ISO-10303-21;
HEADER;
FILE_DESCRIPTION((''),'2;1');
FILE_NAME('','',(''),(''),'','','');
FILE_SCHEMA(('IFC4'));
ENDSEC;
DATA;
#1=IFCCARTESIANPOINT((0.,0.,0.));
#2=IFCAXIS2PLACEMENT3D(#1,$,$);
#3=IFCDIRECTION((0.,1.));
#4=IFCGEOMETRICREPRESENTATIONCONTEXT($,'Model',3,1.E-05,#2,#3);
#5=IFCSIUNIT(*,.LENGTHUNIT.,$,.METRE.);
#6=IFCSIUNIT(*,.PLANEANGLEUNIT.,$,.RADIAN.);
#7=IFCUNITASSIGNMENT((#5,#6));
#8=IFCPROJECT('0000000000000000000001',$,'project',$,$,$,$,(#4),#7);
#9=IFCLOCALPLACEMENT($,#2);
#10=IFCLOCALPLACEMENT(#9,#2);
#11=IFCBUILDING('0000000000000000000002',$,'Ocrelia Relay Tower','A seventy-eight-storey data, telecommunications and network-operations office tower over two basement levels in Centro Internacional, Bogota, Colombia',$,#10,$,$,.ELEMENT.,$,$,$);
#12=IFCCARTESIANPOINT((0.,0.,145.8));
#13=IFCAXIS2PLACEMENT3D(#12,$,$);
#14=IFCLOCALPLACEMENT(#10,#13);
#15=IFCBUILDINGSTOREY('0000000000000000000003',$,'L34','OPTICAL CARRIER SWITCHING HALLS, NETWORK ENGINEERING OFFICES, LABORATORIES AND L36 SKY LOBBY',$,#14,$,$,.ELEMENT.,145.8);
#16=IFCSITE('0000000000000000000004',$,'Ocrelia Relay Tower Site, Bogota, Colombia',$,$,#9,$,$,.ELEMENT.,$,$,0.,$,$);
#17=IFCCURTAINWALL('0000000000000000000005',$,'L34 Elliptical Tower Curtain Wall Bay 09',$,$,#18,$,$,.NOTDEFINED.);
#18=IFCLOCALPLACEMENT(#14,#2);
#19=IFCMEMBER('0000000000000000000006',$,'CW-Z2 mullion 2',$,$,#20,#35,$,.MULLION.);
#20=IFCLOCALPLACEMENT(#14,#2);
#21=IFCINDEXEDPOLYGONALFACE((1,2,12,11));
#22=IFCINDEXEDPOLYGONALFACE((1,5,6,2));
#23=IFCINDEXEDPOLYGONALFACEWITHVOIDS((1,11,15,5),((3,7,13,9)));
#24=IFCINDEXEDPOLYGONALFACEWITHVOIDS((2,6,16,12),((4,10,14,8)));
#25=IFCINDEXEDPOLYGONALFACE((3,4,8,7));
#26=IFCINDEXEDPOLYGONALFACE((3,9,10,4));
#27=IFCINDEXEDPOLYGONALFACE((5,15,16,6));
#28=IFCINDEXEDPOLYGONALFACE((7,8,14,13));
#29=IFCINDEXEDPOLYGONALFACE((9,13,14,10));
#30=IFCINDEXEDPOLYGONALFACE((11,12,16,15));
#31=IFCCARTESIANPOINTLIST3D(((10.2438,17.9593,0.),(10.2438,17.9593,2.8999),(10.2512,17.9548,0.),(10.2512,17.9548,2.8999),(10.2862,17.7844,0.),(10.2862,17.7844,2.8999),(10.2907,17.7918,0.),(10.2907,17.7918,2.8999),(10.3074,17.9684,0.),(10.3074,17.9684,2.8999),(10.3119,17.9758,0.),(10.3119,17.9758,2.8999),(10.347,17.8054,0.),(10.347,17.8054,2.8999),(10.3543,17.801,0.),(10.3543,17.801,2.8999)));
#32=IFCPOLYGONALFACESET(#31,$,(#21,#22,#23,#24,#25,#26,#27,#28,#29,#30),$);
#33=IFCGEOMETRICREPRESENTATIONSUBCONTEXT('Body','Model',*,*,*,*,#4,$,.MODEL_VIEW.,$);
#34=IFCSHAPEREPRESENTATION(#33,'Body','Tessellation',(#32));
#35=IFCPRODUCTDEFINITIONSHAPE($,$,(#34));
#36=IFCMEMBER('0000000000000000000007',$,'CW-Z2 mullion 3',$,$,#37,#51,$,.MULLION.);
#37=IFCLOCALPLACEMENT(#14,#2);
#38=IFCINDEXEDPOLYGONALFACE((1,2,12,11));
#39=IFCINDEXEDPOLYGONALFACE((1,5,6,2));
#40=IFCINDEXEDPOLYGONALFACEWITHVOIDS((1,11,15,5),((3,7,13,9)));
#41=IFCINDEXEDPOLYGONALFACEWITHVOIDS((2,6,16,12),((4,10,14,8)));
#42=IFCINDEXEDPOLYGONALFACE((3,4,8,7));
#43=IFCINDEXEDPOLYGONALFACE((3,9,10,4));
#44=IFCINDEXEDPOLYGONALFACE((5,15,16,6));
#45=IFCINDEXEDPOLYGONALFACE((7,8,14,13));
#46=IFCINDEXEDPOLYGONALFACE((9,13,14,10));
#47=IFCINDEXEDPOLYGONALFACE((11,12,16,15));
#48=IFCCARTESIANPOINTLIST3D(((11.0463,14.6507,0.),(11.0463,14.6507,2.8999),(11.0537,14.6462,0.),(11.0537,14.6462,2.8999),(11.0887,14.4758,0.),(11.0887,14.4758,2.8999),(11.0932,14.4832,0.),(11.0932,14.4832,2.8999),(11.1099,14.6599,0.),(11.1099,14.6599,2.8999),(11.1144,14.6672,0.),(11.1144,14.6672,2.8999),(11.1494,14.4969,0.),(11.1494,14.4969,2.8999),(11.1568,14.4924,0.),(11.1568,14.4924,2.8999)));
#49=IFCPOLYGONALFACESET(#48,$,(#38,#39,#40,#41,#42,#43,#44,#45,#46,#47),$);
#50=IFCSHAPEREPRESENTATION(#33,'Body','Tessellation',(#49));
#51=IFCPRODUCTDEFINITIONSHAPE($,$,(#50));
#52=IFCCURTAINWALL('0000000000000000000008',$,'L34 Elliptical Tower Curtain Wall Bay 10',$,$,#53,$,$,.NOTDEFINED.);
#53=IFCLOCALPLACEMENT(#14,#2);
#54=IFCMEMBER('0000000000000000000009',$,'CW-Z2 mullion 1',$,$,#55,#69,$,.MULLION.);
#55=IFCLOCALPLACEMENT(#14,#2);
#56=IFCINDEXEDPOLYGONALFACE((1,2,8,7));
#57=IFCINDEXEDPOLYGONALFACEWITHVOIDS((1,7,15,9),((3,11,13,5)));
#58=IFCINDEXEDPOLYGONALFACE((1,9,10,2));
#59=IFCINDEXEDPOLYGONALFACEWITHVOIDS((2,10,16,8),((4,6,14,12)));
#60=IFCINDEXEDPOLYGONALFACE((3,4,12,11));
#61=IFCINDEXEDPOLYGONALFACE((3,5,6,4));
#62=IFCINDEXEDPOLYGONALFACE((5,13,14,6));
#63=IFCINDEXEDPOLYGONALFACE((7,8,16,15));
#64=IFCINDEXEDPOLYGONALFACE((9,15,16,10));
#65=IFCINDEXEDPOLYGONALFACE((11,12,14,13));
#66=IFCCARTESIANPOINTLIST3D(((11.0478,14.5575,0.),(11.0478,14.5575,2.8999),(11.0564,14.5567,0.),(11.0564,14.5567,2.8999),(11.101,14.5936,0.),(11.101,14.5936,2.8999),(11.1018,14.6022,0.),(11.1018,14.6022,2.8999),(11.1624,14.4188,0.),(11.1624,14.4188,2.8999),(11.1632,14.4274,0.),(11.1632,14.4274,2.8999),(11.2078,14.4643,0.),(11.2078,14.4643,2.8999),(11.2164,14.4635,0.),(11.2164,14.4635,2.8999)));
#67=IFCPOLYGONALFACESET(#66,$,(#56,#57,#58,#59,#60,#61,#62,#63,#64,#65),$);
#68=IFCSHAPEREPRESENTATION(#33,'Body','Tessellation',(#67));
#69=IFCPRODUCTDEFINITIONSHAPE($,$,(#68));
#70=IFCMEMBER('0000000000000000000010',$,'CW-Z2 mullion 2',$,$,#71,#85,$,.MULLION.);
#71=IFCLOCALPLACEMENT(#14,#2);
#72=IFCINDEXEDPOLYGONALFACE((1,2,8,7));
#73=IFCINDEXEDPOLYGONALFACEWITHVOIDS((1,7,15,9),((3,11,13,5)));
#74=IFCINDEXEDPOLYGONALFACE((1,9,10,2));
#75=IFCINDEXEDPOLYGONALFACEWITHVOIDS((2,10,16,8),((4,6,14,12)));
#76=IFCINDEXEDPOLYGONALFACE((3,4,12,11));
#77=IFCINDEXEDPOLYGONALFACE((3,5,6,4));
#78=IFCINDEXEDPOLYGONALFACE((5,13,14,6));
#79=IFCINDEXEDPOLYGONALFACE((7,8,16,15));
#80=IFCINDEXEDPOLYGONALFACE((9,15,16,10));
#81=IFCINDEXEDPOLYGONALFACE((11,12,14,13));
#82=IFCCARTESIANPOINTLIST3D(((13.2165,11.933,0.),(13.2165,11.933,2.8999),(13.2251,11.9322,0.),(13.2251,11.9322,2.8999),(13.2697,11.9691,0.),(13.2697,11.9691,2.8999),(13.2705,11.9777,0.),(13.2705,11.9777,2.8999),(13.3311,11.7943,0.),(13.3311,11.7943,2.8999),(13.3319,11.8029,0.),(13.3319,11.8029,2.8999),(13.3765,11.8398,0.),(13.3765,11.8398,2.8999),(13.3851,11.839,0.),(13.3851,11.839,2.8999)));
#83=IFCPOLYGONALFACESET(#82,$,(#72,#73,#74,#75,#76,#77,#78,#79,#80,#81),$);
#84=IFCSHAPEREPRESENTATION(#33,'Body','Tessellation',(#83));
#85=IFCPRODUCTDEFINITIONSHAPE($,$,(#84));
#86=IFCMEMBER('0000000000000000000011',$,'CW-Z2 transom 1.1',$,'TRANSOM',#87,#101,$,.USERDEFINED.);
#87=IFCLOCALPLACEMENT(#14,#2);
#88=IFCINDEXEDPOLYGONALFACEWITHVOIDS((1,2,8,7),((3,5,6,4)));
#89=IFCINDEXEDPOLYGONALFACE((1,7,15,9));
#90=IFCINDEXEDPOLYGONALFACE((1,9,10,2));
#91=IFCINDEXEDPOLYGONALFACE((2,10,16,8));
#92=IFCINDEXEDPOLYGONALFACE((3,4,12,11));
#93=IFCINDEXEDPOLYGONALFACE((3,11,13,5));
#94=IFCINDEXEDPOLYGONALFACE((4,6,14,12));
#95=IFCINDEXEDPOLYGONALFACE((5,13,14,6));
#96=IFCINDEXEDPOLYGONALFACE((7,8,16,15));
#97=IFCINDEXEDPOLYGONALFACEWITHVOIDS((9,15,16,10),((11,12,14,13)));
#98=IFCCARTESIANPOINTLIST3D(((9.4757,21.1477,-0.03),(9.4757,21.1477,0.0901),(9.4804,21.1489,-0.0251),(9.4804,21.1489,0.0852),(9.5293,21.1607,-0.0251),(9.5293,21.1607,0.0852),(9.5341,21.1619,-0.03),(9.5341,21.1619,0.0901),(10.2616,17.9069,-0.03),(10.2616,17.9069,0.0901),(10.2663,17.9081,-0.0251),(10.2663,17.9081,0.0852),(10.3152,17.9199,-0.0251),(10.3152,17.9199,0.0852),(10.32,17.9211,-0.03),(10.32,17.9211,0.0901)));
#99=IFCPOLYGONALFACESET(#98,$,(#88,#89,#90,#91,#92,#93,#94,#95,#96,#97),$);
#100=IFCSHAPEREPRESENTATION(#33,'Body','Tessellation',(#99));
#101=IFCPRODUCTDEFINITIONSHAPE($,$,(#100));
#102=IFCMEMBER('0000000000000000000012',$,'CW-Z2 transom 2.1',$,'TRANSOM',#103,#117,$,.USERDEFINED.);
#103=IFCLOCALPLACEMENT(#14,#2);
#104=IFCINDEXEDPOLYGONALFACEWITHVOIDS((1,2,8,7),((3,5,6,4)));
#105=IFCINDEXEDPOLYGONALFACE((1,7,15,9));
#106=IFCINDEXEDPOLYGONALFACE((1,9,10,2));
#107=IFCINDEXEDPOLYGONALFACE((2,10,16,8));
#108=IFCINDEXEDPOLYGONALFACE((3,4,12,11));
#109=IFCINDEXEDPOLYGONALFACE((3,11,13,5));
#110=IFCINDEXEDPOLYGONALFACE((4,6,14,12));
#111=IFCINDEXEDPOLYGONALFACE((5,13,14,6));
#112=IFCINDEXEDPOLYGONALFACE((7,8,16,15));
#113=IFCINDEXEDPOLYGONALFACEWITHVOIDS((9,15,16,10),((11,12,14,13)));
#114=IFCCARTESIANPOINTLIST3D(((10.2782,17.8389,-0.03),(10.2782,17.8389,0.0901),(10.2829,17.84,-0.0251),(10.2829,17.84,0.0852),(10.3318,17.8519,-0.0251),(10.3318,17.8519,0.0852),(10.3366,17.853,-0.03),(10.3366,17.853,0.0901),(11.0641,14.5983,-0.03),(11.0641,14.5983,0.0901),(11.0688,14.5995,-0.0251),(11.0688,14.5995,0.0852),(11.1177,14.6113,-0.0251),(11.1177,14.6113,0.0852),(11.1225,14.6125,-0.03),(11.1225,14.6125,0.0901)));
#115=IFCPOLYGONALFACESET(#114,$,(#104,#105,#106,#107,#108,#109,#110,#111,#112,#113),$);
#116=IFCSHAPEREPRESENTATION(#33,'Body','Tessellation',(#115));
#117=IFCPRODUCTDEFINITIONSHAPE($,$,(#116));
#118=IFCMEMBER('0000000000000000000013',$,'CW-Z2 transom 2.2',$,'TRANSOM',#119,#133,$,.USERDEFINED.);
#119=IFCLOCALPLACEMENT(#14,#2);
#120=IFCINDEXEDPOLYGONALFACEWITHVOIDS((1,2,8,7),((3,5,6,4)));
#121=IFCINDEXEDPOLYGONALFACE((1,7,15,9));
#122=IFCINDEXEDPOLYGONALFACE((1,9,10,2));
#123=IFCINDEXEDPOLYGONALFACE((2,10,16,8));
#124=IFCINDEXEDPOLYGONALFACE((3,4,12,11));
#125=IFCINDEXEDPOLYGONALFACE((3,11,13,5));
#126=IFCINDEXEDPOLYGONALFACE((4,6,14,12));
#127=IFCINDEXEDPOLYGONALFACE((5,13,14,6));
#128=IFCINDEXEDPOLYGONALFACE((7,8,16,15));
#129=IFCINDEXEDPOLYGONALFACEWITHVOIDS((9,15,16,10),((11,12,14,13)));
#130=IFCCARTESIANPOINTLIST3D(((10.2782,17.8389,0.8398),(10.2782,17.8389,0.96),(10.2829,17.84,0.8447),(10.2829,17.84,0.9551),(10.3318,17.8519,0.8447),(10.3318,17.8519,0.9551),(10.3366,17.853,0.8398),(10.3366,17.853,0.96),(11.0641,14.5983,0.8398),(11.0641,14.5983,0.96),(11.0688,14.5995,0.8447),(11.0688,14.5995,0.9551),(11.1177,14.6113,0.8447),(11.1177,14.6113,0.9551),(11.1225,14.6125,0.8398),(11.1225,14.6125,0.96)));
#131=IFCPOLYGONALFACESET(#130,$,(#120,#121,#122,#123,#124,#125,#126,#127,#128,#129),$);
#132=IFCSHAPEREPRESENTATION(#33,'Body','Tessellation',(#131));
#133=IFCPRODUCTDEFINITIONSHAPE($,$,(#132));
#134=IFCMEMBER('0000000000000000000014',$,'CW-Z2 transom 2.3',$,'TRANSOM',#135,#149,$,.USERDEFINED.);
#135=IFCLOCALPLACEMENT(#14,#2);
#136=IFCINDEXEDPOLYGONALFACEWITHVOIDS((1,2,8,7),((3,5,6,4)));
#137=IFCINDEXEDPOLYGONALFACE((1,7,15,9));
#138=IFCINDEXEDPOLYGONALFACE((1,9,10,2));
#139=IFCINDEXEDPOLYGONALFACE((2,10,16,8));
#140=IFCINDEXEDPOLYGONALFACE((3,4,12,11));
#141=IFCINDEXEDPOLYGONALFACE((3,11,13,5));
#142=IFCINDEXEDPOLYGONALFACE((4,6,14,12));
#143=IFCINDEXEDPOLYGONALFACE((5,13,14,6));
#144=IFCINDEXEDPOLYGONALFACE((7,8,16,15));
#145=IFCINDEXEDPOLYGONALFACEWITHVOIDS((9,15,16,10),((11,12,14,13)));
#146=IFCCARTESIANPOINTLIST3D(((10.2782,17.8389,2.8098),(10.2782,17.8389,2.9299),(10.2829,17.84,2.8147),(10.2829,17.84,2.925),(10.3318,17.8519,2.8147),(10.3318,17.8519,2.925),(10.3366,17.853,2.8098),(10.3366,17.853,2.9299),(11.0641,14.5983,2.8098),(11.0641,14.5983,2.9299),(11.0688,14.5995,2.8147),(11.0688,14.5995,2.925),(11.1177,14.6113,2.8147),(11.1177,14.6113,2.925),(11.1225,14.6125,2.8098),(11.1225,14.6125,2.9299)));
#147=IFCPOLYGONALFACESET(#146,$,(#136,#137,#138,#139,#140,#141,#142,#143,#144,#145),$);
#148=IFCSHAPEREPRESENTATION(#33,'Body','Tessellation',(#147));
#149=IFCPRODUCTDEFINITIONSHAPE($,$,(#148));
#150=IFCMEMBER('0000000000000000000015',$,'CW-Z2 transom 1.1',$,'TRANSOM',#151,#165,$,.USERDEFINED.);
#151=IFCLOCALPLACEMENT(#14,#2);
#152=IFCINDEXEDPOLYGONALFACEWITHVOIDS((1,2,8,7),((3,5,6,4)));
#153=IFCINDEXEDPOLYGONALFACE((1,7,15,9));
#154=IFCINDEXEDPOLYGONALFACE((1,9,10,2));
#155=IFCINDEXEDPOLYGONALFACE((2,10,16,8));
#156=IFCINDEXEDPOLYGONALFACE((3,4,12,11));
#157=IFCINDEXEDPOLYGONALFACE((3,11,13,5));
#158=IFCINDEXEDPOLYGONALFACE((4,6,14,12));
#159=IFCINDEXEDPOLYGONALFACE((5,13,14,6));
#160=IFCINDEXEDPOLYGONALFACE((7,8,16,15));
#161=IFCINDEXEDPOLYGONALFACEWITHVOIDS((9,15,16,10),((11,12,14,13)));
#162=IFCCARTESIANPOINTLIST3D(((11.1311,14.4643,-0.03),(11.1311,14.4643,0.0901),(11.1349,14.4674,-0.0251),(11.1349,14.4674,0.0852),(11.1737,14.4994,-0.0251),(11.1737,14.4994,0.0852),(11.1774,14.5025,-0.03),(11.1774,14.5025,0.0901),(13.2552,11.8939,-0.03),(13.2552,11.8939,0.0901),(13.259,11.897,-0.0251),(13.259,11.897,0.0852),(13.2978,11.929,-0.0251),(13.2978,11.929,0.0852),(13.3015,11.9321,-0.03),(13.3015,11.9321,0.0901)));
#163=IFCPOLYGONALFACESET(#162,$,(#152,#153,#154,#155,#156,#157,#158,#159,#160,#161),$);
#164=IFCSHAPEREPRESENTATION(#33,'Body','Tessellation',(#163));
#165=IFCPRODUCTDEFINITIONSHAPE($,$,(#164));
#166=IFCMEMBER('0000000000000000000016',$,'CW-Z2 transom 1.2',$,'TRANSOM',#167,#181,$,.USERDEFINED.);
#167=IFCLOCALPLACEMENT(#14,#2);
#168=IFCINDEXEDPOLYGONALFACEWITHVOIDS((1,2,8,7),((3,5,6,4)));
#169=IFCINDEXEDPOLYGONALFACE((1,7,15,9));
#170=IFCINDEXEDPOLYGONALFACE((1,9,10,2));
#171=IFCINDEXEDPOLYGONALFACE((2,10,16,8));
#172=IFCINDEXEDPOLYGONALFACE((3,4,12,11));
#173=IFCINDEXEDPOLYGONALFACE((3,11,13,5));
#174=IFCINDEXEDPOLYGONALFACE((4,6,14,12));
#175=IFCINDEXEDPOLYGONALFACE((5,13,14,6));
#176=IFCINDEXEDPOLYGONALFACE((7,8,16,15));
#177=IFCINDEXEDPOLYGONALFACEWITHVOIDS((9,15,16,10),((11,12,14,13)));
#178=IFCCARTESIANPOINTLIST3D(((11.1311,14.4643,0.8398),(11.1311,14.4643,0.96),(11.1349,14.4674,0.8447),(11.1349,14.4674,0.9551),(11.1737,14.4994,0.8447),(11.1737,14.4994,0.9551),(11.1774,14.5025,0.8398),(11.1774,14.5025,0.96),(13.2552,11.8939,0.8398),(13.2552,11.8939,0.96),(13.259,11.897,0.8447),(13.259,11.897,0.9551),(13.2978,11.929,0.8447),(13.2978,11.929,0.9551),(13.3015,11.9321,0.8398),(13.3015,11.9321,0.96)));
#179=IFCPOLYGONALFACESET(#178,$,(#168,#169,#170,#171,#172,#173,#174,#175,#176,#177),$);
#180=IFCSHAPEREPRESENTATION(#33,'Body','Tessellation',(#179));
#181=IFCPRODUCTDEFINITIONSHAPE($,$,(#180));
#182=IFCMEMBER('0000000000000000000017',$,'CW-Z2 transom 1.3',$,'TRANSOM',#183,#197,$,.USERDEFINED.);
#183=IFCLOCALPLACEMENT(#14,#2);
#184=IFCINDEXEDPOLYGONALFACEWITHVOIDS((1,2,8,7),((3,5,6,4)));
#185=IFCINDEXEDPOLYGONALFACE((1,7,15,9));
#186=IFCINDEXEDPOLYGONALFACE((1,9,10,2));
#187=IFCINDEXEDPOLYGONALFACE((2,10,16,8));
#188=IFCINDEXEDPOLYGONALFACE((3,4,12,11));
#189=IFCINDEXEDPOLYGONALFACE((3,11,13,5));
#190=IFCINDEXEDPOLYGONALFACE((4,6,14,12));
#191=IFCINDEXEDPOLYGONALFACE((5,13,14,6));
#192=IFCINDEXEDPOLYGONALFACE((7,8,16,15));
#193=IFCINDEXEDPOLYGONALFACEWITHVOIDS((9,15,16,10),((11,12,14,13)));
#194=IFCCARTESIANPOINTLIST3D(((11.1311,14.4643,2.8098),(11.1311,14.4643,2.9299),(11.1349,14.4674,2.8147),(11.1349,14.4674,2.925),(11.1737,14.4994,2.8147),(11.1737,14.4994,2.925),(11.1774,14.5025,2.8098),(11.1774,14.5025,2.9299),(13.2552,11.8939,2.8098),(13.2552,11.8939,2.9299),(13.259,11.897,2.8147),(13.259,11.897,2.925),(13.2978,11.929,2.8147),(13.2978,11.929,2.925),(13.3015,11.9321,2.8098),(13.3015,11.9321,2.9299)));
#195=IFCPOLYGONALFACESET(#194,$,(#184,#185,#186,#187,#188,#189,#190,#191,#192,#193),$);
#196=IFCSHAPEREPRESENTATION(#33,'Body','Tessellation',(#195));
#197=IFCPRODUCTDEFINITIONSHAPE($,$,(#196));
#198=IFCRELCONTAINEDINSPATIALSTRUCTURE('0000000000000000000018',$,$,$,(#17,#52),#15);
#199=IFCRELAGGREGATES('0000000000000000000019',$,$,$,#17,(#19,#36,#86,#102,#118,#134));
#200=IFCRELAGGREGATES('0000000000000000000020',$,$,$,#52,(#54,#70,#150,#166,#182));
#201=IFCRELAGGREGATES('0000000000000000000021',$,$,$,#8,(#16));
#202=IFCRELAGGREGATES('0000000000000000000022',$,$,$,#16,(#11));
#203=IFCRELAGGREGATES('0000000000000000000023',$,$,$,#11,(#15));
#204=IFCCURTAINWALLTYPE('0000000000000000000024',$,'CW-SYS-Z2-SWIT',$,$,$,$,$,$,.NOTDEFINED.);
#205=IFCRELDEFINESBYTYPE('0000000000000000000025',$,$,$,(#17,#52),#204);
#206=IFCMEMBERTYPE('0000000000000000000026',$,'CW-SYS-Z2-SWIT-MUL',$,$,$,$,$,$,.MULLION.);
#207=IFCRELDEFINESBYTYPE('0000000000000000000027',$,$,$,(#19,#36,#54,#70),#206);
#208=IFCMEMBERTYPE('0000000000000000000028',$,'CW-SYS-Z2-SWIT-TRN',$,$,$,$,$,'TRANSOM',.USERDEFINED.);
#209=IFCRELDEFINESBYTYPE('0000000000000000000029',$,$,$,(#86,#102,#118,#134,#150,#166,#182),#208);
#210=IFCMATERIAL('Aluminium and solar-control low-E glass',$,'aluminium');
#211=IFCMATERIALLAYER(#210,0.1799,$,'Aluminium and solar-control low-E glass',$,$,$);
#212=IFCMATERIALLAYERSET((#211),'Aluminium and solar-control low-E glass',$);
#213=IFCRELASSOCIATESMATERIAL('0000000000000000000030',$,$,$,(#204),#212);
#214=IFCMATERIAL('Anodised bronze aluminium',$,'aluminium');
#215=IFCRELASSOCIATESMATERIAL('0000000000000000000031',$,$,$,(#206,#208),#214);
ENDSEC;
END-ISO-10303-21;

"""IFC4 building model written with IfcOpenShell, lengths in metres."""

from ifc_helpers import new_model, si_unit, direction, frame, origin, origin_2d, place, context, subcontext, project, spatial, hollow_rectangle, extrude, material, layer, layer_set, material_profile, profile_set, type_object, element, aggregate, save


model = new_model("IFC4")

# Units and contexts
model_context = context("Model", 3, precision=1e-05, world=origin(), true_north=direction((0.0, 1.0)))
body_context = subcontext(model_context, "Body", "Model", "MODEL_VIEW")
ifc_project = project(units=[si_unit("LENGTHUNIT", "METRE"), si_unit("PLANEANGLEUNIT", "RADIAN")], contexts=[model_context])

# Site, building, storey
site_placement = place(None, origin())
site = spatial("IfcSite", under=ifc_project, at=site_placement, Name="Ocrelia Relay Tower Site, Bogota, Colombia", CompositionType="ELEMENT", RefElevation=0.0)
building_placement = place(site_placement, origin())
building = spatial("IfcBuilding", under=site, at=building_placement, Name="Ocrelia Relay Tower", Description="A seventy-eight-storey data, telecommunications and network-operations office tower over two basement levels in Centro Internacional, Bogota, Colombia", CompositionType="ELEMENT")
storey_placement = place(building_placement, frame((0.0, 0.0, 145.8)))
storey = spatial("IfcBuildingStorey", under=building, at=storey_placement, Name="L34", Description="OPTICAL CARRIER SWITCHING HALLS, NETWORK ENGINEERING OFFICES, LABORATORIES AND L36 SKY LOBBY", CompositionType="ELEMENT", Elevation=145.8)

# Curtain walls, members
ifc_material_1 = material(Name="Aluminium and solar-control low-E glass", Category="aluminium")
ifc_layer_1 = layer(ifc_material_1, 0.1799, Name="Aluminium and solar-control low-E glass")
ifc_layer_set_1 = layer_set([ifc_layer_1], Name="Aluminium and solar-control low-E glass")
curtain_wall_type = type_object("IfcCurtainWallType", Name="CW-SYS-Z2-SWIT", PredefinedType="NOTDEFINED", material=ifc_layer_set_1)
curtain_wall_1_placement = place(storey_placement, origin())
curtain_wall_1 = element("IfcCurtainWall", 1, at=curtain_wall_1_placement, inside=storey, type_object=curtain_wall_type, Name="L34 Elliptical Tower Curtain Wall Bay 09", PredefinedType="NOTDEFINED")
ifc_material_2 = material(Name="Anodised bronze aluminium", Category="aluminium")
ifc_material_profile_1 = material_profile(ifc_material_2, hollow_rectangle(XDim=0.0701, YDim=0.1799, WallThickness=0.0061, at=origin_2d()), Name="CW-MUL-180x70")
ifc_profile_set_1 = profile_set([ifc_material_profile_1], Name="Anodised bronze aluminium")
member_type_1 = type_object("IfcMemberType", Name="CW-SYS-Z2-SWIT-MUL", PredefinedType="MULLION", material=ifc_profile_set_1)
member_1_placement = place(storey_placement, frame((10.2991, 17.8801, 0.0), z_axis=(0.0, 0.0, 1.0), x_axis=(0.971833, 0.235672, 0.0)))
member_1 = element("IfcMember", 2, at=member_1_placement, type_object=member_type_1, Name="CW-Z2 mullion 2", PredefinedType="MULLION", context=body_context, shape_type="SweptSolid", body=[
    extrude(hollow_rectangle(XDim=0.0701, YDim=0.1799, WallThickness=0.0061, at=origin_2d()), origin(), (0.0, 0.0, 1.0), 2.8999),
])
member_2_placement = place(storey_placement, frame((11.1016, 14.5715, 0.0), z_axis=(0.0, 0.0, 1.0), x_axis=(0.971833, 0.235672, 0.0)))
member_2 = element("IfcMember", 3, at=member_2_placement, type_object=member_type_1, Name="CW-Z2 mullion 3", PredefinedType="MULLION", context=body_context, shape_type="SweptSolid", body=[
    extrude(hollow_rectangle(XDim=0.0701, YDim=0.1799, WallThickness=0.0061, at=origin_2d()), origin(), (0.0, 0.0, 1.0), 2.8999),
])
curtain_wall_2_placement = place(storey_placement, origin())
curtain_wall_2 = element("IfcCurtainWall", 4, at=curtain_wall_2_placement, inside=storey, type_object=curtain_wall_type, Name="L34 Elliptical Tower Curtain Wall Bay 10", PredefinedType="NOTDEFINED")
member_3_placement = place(storey_placement, frame((11.1321, 14.5105, 0.0), z_axis=(0.0, 0.0, 1.0), x_axis=(0.77086, 0.637005, 0.0)))
member_3 = element("IfcMember", 5, at=member_3_placement, type_object=member_type_1, Name="CW-Z2 mullion 1", PredefinedType="MULLION", context=body_context, shape_type="SweptSolid", body=[
    extrude(hollow_rectangle(XDim=0.0701, YDim=0.1799, WallThickness=0.0061, at=origin_2d()), origin(), (0.0, 0.0, 1.0), 2.8999),
])
member_4_placement = place(storey_placement, frame((13.3008, 11.886, 0.0), z_axis=(0.0, 0.0, 1.0), x_axis=(0.77086, 0.637005, 0.0)))
member_4 = element("IfcMember", 6, at=member_4_placement, type_object=member_type_1, Name="CW-Z2 mullion 2", PredefinedType="MULLION", context=body_context, shape_type="SweptSolid", body=[
    extrude(hollow_rectangle(XDim=0.0701, YDim=0.1799, WallThickness=0.0061, at=origin_2d()), origin(), (0.0, 0.0, 1.0), 2.8999),
])

# Members
ifc_material_profile_2 = material_profile(ifc_material_2, hollow_rectangle(XDim=0.0601, YDim=0.1201, WallThickness=0.0049, at=origin_2d()), Name="CW-TRN-120x60")
ifc_profile_set_2 = profile_set([ifc_material_profile_2], Name="Anodised bronze aluminium")
member_type_2 = type_object("IfcMemberType", Name="CW-SYS-Z2-SWIT-TRN", ElementType="TRANSOM", PredefinedType="USERDEFINED", material=ifc_profile_set_2)
member_5_placement = place(storey_placement, frame((9.5049, 21.1548, 0.03), z_axis=(0.235673, -0.971832, 0.0), x_axis=(0.971832, 0.235673, 0.0)))
member_5 = element("IfcMember", 7, at=member_5_placement, type_object=member_type_2, Name="CW-Z2 transom 1.1", ObjectType="TRANSOM", PredefinedType="USERDEFINED", context=body_context, shape_type="SweptSolid", body=[
    extrude(hollow_rectangle(XDim=0.0601, YDim=0.1201, WallThickness=0.0049, at=origin_2d()), origin(), (0.0, 0.0, 1.0), 3.3347),
])
member_6_placement = place(storey_placement, frame((10.3074, 17.8459, 0.03), z_axis=(0.23569, -0.971828, 0.0), x_axis=(0.971828, 0.23569, 0.0)))
member_6 = element("IfcMember", 8, at=member_6_placement, type_object=member_type_2, Name="CW-Z2 transom 2.1", ObjectType="TRANSOM", PredefinedType="USERDEFINED", context=body_context, shape_type="SweptSolid", body=[
    extrude(hollow_rectangle(XDim=0.0601, YDim=0.1201, WallThickness=0.0049, at=origin_2d()), origin(), (0.0, 0.0, 1.0), 3.3345),
])
member_7_placement = place(storey_placement, frame((10.3074, 17.8459, 0.8999), z_axis=(0.23569, -0.971828, 0.0), x_axis=(0.971828, 0.23569, 0.0)))
member_7 = element("IfcMember", 9, at=member_7_placement, type_object=member_type_2, Name="CW-Z2 transom 2.2", ObjectType="TRANSOM", PredefinedType="USERDEFINED", context=body_context, shape_type="SweptSolid", body=[
    extrude(hollow_rectangle(XDim=0.0601, YDim=0.1201, WallThickness=0.0049, at=origin_2d()), origin(), (0.0, 0.0, 1.0), 3.3345),
])
member_8_placement = place(storey_placement, frame((10.3074, 17.8459, 2.8699), z_axis=(0.23569, -0.971828, 0.0), x_axis=(0.971828, 0.23569, 0.0)))
member_8 = element("IfcMember", 10, at=member_8_placement, type_object=member_type_2, Name="CW-Z2 transom 2.3", ObjectType="TRANSOM", PredefinedType="USERDEFINED", context=body_context, shape_type="SweptSolid", body=[
    extrude(hollow_rectangle(XDim=0.0601, YDim=0.1201, WallThickness=0.0049, at=origin_2d()), origin(), (0.0, 0.0, 1.0), 3.3345),
])
member_9_placement = place(storey_placement, frame((11.1543, 14.4834, 0.03), z_axis=(0.63701, -0.770855, 0.0), x_axis=(0.770855, 0.63701, 0.0)))
member_9 = element("IfcMember", 11, at=member_9_placement, type_object=member_type_2, Name="CW-Z2 transom 1.1", ObjectType="TRANSOM", PredefinedType="USERDEFINED", context=body_context, shape_type="SweptSolid", body=[
    extrude(hollow_rectangle(XDim=0.0601, YDim=0.1201, WallThickness=0.0049, at=origin_2d()), origin(), (0.0, 0.0, 1.0), 3.3345),
])
member_10_placement = place(storey_placement, frame((11.1543, 14.4834, 0.8999), z_axis=(0.63701, -0.770855, 0.0), x_axis=(0.770855, 0.63701, 0.0)))
member_10 = element("IfcMember", 12, at=member_10_placement, type_object=member_type_2, Name="CW-Z2 transom 1.2", ObjectType="TRANSOM", PredefinedType="USERDEFINED", context=body_context, shape_type="SweptSolid", body=[
    extrude(hollow_rectangle(XDim=0.0601, YDim=0.1201, WallThickness=0.0049, at=origin_2d()), origin(), (0.0, 0.0, 1.0), 3.3345),
])
member_11_placement = place(storey_placement, frame((11.1543, 14.4834, 2.8699), z_axis=(0.63701, -0.770855, 0.0), x_axis=(0.770855, 0.63701, 0.0)))
member_11 = element("IfcMember", 13, at=member_11_placement, type_object=member_type_2, Name="CW-Z2 transom 1.3", ObjectType="TRANSOM", PredefinedType="USERDEFINED", context=body_context, shape_type="SweptSolid", body=[
    extrude(hollow_rectangle(XDim=0.0601, YDim=0.1201, WallThickness=0.0049, at=origin_2d()), origin(), (0.0, 0.0, 1.0), 3.3345),
])

aggregate(curtain_wall_1, [member_1, member_2, member_5, member_6, member_7, member_8])
aggregate(curtain_wall_2, [member_3, member_4, member_9, member_10, member_11])

save(model, "model.ifc")
